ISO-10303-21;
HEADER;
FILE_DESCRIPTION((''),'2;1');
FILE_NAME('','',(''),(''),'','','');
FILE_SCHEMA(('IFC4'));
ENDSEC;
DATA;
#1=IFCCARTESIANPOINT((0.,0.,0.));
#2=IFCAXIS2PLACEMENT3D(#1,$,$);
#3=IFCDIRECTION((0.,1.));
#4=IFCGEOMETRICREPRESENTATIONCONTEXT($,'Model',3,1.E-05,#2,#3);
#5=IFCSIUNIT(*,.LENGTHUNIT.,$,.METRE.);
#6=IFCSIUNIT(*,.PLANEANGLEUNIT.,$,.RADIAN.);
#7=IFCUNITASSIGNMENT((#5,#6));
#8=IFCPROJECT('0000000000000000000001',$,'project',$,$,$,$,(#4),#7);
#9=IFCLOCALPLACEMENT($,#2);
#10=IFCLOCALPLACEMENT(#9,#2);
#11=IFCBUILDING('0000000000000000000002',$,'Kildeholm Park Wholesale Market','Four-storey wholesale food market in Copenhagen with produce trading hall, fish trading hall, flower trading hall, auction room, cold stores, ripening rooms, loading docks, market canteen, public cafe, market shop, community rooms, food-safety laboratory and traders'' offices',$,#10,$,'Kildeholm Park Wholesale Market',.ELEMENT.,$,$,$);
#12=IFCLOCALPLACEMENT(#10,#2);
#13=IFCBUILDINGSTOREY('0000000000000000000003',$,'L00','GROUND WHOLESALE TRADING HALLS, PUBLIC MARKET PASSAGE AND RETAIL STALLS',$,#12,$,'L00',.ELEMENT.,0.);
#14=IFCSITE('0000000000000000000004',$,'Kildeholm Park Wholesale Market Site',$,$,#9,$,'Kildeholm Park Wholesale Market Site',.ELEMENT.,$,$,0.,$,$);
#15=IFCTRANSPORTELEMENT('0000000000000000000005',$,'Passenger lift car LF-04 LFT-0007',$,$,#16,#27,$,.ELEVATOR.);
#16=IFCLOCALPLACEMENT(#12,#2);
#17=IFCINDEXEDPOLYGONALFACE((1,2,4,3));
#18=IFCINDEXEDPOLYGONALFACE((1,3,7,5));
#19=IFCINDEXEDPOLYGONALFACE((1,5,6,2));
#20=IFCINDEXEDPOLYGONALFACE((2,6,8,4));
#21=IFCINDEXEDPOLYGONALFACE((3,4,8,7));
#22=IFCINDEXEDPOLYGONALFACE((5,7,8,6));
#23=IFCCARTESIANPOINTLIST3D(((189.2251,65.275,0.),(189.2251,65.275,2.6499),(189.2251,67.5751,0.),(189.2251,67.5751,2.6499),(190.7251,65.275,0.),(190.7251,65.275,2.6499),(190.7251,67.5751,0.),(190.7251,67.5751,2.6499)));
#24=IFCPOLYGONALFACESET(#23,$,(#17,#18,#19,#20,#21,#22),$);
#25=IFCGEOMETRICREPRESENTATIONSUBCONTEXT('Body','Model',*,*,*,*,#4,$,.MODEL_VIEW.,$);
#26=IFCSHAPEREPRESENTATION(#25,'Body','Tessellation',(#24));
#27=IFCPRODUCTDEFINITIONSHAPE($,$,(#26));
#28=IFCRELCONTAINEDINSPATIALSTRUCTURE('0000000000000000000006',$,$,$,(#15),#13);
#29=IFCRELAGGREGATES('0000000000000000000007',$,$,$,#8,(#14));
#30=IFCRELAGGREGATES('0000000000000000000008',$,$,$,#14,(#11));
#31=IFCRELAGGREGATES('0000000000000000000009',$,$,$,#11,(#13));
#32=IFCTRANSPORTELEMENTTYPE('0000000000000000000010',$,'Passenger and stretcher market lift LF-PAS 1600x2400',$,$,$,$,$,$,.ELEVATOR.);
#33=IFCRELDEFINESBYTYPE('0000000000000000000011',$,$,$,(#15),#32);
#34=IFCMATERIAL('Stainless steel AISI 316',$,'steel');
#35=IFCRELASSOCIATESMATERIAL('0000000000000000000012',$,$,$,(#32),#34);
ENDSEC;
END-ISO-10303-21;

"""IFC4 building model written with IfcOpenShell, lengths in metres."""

from ifc_helpers import new_model, si_unit, direction, frame, origin, origin_2d, place, context, subcontext, project, spatial, rectangle, extrude, material, type_object, element, save


model = new_model("IFC4")

# Units and contexts
model_context = context("Model", 3, precision=1e-05, world=origin(), true_north=direction((0.0, 1.0)))
body_context = subcontext(model_context, "Body", "Model", "MODEL_VIEW")
ifc_project = project(units=[si_unit("LENGTHUNIT", "METRE"), si_unit("PLANEANGLEUNIT", "RADIAN")], contexts=[model_context])

# Site, building, storey
site_placement = place(None, origin())
site = spatial("IfcSite", under=ifc_project, at=site_placement, Name="Kildeholm Park Wholesale Market Site", LongName="Kildeholm Park Wholesale Market Site", CompositionType="ELEMENT", RefElevation=0.0)
building_placement = place(site_placement, origin())
building = spatial("IfcBuilding", under=site, at=building_placement, Name="Kildeholm Park Wholesale Market", Description="Four-storey wholesale food market in Copenhagen with produce trading hall, fish trading hall, flower trading hall, auction room, cold stores, ripening rooms, loading docks, market canteen, public cafe, market shop, community rooms, food-safety laboratory and traders' offices", LongName="Kildeholm Park Wholesale Market", CompositionType="ELEMENT")
storey_placement = place(building_placement, origin())
storey = spatial("IfcBuildingStorey", under=building, at=storey_placement, Name="L00", Description="GROUND WHOLESALE TRADING HALLS, PUBLIC MARKET PASSAGE AND RETAIL STALLS", LongName="L00", CompositionType="ELEMENT", Elevation=0.0)

# Transport element
ifc_material_1 = material(Name="Stainless steel AISI 316", Category="steel")
transport_element_type = type_object("IfcTransportElementType", Name="Passenger and stretcher market lift LF-PAS 1600x2400", PredefinedType="ELEVATOR", material=ifc_material_1)
transport_element_placement = place(storey_placement, frame((189.9751, 66.425, 0.0), z_axis=(0.0, 0.0, 1.0), x_axis=(1.0, 0.0, 0.0)))
element("IfcTransportElement", 1, at=transport_element_placement, inside=storey, type_object=transport_element_type, Name="Passenger lift car LF-04 LFT-0007", PredefinedType="ELEVATOR", context=body_context, shape_type="SweptSolid", body=[
    extrude(rectangle(XDim=1.5, YDim=2.3, at=origin_2d()), origin(), (0.0, 0.0, 1.0), 2.6499),
])

save(model, "model.ifc")
